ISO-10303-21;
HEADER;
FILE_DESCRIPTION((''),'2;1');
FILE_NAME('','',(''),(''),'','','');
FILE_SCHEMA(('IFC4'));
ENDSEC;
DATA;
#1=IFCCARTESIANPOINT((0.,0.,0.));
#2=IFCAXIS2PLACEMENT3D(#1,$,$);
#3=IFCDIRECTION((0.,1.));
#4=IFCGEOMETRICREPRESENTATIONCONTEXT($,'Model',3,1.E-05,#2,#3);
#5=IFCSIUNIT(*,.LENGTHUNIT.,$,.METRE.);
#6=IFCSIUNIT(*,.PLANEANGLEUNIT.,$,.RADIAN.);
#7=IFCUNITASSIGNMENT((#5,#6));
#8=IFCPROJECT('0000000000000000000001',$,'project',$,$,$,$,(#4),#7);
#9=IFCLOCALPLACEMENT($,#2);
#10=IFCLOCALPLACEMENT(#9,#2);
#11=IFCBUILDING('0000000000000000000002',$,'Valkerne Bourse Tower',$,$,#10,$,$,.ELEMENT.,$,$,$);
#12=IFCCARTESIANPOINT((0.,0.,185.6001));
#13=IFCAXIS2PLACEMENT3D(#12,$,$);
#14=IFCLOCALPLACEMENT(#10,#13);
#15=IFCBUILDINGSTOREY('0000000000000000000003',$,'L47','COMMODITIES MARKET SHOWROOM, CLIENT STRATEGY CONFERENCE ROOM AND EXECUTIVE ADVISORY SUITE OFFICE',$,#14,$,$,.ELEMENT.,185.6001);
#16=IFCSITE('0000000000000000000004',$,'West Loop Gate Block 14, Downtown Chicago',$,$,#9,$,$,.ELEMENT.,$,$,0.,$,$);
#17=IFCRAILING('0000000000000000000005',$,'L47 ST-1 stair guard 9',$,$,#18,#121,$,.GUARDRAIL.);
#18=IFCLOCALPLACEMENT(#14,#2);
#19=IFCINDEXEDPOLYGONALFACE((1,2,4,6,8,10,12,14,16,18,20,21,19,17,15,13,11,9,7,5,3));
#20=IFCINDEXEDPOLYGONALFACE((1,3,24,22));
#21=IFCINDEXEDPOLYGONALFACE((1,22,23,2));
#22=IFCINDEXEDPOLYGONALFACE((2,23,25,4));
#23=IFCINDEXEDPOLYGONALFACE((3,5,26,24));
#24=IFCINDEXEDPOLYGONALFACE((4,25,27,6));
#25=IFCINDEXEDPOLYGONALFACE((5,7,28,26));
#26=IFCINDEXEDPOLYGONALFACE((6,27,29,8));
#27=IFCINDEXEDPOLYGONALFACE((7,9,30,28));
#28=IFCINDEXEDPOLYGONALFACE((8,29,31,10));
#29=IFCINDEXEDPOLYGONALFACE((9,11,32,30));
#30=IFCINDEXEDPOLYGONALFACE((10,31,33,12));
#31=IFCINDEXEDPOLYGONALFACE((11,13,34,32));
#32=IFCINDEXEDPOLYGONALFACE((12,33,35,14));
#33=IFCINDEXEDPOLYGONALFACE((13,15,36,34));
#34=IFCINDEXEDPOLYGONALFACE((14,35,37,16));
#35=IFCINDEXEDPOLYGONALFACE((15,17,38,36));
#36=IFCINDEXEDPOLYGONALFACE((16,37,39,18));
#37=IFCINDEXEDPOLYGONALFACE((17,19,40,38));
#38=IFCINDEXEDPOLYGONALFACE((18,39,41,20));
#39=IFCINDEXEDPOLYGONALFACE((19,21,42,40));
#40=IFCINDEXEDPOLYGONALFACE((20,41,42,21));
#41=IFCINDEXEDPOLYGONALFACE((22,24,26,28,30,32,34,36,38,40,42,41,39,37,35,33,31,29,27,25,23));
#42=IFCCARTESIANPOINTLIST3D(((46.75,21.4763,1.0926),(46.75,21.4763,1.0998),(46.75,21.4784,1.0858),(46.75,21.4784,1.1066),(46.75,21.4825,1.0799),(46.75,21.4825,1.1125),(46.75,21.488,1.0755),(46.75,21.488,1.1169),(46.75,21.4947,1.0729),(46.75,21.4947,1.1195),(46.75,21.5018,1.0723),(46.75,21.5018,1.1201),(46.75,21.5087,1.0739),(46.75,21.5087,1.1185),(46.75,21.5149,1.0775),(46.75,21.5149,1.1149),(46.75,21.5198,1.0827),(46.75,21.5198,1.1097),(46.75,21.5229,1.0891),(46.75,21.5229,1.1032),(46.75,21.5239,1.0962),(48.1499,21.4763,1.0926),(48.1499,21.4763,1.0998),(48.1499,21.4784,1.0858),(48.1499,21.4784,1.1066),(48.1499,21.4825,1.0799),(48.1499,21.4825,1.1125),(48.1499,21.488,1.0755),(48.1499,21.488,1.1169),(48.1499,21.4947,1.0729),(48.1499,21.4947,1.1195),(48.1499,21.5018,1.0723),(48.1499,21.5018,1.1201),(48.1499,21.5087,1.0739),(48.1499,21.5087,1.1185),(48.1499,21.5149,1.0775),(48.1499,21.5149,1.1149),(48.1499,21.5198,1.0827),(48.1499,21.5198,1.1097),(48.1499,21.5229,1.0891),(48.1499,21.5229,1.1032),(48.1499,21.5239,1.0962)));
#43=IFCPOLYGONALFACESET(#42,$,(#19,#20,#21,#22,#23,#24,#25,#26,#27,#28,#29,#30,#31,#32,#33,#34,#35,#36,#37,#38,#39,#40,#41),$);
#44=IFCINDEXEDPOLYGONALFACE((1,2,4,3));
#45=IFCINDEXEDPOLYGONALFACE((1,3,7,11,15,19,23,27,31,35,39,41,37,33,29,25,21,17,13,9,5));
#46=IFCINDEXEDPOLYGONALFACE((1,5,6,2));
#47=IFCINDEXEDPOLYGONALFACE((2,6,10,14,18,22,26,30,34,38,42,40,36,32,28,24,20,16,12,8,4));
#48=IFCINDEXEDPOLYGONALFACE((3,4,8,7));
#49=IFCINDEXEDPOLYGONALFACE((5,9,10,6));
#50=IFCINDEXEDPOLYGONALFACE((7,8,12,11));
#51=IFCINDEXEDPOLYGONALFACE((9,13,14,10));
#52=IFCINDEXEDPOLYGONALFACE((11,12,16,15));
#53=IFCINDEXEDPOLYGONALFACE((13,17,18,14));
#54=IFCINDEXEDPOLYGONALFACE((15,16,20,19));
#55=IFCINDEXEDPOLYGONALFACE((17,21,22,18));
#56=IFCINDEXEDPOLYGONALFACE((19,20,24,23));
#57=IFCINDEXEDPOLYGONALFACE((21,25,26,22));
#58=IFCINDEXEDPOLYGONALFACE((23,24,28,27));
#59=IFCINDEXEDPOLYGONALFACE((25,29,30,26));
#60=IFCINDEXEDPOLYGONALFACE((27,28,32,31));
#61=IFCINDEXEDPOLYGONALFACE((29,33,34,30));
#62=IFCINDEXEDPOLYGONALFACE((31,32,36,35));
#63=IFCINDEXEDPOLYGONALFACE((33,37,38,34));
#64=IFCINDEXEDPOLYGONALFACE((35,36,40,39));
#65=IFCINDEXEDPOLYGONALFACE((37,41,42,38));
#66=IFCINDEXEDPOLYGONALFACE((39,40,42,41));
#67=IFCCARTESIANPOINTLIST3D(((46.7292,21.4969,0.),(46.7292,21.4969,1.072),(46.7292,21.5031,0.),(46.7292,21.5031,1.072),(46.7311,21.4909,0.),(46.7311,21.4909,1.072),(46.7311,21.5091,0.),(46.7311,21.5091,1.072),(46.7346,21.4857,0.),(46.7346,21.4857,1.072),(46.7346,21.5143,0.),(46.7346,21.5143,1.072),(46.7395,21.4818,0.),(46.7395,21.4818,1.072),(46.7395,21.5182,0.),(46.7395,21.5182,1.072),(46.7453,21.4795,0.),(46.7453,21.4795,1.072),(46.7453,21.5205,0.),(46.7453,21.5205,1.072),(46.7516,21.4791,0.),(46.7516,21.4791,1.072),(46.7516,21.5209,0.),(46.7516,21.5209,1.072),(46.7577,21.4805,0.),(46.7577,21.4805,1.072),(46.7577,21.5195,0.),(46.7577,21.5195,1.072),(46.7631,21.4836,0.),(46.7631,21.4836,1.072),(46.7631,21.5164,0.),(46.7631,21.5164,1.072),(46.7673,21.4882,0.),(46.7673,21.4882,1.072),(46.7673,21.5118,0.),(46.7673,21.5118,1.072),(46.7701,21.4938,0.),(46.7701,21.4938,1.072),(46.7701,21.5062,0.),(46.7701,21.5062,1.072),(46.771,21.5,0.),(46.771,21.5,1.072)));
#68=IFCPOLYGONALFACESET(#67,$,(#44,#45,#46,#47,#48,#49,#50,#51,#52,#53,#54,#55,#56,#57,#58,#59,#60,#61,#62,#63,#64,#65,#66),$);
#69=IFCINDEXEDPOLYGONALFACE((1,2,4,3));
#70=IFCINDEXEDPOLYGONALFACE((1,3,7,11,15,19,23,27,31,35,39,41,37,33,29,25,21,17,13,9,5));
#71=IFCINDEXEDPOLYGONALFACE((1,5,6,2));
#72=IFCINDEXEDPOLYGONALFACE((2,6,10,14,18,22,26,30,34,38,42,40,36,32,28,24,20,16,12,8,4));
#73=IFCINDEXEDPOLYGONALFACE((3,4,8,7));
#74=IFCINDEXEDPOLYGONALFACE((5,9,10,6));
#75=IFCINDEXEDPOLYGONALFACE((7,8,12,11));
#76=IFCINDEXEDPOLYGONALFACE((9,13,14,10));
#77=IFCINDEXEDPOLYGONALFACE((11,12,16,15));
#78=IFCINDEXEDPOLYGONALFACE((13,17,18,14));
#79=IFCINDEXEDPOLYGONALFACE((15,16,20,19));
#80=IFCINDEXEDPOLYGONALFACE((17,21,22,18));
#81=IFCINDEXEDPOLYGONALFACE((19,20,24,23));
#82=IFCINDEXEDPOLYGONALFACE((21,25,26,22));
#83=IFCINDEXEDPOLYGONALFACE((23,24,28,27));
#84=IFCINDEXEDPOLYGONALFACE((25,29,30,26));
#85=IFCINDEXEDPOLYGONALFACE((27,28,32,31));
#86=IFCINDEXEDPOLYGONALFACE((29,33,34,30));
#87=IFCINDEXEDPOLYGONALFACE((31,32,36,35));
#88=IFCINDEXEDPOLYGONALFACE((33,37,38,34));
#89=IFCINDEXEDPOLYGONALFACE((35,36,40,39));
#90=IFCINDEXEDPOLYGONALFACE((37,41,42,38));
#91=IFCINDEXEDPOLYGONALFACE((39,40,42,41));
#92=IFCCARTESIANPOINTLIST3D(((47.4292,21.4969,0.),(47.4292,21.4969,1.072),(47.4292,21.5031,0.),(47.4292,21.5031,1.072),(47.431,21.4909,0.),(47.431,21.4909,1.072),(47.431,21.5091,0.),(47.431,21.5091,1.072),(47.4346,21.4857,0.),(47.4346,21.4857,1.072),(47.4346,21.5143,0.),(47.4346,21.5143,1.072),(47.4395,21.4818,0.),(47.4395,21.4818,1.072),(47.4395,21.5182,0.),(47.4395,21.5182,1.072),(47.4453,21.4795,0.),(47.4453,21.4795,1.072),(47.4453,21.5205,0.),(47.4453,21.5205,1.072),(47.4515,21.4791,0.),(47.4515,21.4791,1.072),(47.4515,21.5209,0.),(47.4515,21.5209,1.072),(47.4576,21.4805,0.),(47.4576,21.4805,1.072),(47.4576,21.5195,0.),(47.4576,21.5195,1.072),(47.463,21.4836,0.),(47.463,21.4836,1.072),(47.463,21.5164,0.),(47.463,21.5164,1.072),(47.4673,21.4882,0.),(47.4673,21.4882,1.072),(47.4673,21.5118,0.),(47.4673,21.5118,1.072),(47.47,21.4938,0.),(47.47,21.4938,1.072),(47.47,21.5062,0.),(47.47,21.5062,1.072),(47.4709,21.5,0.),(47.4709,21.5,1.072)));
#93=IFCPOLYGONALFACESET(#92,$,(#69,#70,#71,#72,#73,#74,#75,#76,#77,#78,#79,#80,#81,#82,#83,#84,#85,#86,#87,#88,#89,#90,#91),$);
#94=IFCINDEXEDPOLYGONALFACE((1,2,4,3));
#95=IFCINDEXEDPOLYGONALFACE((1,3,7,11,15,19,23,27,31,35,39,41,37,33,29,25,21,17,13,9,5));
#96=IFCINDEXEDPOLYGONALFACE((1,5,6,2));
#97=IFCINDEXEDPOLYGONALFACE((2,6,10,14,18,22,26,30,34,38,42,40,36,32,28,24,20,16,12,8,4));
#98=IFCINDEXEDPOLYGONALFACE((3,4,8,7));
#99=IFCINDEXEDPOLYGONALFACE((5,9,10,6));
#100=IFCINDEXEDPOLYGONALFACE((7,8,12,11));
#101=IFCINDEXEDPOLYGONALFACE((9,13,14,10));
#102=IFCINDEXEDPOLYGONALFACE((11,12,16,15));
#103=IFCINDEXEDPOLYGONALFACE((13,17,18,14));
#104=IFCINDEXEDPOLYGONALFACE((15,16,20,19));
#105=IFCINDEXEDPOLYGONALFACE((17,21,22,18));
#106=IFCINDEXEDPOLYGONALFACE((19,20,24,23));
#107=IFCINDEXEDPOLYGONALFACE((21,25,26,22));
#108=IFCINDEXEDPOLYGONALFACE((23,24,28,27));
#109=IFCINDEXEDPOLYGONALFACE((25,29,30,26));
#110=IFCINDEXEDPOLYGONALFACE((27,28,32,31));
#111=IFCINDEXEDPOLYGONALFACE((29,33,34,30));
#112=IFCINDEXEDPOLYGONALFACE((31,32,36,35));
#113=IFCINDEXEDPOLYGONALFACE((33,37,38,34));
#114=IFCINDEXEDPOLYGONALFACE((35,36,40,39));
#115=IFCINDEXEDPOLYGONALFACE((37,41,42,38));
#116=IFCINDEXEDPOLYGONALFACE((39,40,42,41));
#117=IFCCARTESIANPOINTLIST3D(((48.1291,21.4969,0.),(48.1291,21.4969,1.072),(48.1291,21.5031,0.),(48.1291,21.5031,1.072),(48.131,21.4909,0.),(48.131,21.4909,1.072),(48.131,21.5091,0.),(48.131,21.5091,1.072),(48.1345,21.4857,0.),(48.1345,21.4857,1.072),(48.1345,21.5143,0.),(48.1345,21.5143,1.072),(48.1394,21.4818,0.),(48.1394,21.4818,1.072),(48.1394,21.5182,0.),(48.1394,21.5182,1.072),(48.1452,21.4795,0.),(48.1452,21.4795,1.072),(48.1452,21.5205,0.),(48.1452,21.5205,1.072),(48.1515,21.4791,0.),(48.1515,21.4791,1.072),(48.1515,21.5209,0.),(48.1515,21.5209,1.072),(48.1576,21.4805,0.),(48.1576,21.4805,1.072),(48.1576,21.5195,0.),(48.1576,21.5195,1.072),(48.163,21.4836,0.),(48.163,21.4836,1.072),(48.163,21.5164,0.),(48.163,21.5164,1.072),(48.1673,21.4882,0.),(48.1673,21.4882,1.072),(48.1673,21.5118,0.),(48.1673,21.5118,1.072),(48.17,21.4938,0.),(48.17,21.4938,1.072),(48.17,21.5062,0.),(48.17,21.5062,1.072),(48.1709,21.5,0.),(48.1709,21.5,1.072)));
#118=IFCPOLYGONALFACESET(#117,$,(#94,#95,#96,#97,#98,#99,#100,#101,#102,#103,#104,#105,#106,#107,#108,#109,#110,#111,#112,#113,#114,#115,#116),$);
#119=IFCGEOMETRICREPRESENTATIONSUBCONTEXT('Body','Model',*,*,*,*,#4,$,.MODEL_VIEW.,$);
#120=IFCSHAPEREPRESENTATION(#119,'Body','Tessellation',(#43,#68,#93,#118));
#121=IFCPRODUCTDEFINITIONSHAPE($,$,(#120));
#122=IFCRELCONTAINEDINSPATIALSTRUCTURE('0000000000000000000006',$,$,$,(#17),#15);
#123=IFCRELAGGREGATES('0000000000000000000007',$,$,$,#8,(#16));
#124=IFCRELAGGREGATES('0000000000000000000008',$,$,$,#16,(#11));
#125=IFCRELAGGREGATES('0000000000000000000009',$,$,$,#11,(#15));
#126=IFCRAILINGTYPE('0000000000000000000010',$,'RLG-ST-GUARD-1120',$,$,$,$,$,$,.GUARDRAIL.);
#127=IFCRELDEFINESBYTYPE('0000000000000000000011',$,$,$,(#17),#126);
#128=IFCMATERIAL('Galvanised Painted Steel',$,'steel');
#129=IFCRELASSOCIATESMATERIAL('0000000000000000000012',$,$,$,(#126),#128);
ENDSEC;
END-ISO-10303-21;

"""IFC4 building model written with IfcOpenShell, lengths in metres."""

from ifc_helpers import new_model, si_unit, direction, frame, origin, origin_2d, place, context, subcontext, project, spatial, circle, extrude, material, type_object, element, save


model = new_model("IFC4")

# Units and contexts
model_context = context("Model", 3, precision=1e-05, world=origin(), true_north=direction((0.0, 1.0)))
body_context = subcontext(model_context, "Body", "Model", "MODEL_VIEW")
ifc_project = project(units=[si_unit("LENGTHUNIT", "METRE"), si_unit("PLANEANGLEUNIT", "RADIAN")], contexts=[model_context])

# Site, building, storey
site_placement = place(None, origin())
site = spatial("IfcSite", under=ifc_project, at=site_placement, Name="West Loop Gate Block 14, Downtown Chicago", CompositionType="ELEMENT", RefElevation=0.0)
building_placement = place(site_placement, origin())
building = spatial("IfcBuilding", under=site, at=building_placement, Name="Valkerne Bourse Tower", CompositionType="ELEMENT")
storey_placement = place(building_placement, frame((0.0, 0.0, 185.6001)))
storey = spatial("IfcBuildingStorey", under=building, at=storey_placement, Name="L47", Description="COMMODITIES MARKET SHOWROOM, CLIENT STRATEGY CONFERENCE ROOM AND EXECUTIVE ADVISORY SUITE OFFICE", CompositionType="ELEMENT", Elevation=185.6001)

# Shared definitions
ifc_material_1 = material(Name="Galvanised Painted Steel", Category="steel")

# Railing
railing_type_1 = type_object("IfcRailingType", Name="RLG-ST-GUARD-1120", PredefinedType="GUARDRAIL", material=ifc_material_1)
for number, where, name in (
    (1, (46.75, 21.5, 0.0), "L47 ST-1 stair guard 9"),
):
    element("IfcRailing", number, at=place(storey_placement, frame(where)), inside=storey, type_object=railing_type_1, Name=name, PredefinedType="GUARDRAIL", context=body_context, shape_type="SweptSolid", body=[
        extrude(circle(Radius=0.0239, at=origin_2d()), frame((0.0, 0.0, 1.0962), z_axis=(1.0, 0.0, 0.0), x_axis=(0.0, 1.0, 0.0)), (0.0, 0.0, 1.0), 1.3999),
        extrude(circle(Radius=0.021, at=origin_2d()), origin(), (0.0, 0.0, 1.0), 1.072),
        extrude(circle(Radius=0.021, at=origin_2d()), frame((0.7, 0.0, 0.0)), (0.0, 0.0, 1.0), 1.072),
        extrude(circle(Radius=0.021, at=origin_2d()), frame((1.3999, 0.0, 0.0)), (0.0, 0.0, 1.0), 1.072),
    ])

save(model, "model.ifc")
